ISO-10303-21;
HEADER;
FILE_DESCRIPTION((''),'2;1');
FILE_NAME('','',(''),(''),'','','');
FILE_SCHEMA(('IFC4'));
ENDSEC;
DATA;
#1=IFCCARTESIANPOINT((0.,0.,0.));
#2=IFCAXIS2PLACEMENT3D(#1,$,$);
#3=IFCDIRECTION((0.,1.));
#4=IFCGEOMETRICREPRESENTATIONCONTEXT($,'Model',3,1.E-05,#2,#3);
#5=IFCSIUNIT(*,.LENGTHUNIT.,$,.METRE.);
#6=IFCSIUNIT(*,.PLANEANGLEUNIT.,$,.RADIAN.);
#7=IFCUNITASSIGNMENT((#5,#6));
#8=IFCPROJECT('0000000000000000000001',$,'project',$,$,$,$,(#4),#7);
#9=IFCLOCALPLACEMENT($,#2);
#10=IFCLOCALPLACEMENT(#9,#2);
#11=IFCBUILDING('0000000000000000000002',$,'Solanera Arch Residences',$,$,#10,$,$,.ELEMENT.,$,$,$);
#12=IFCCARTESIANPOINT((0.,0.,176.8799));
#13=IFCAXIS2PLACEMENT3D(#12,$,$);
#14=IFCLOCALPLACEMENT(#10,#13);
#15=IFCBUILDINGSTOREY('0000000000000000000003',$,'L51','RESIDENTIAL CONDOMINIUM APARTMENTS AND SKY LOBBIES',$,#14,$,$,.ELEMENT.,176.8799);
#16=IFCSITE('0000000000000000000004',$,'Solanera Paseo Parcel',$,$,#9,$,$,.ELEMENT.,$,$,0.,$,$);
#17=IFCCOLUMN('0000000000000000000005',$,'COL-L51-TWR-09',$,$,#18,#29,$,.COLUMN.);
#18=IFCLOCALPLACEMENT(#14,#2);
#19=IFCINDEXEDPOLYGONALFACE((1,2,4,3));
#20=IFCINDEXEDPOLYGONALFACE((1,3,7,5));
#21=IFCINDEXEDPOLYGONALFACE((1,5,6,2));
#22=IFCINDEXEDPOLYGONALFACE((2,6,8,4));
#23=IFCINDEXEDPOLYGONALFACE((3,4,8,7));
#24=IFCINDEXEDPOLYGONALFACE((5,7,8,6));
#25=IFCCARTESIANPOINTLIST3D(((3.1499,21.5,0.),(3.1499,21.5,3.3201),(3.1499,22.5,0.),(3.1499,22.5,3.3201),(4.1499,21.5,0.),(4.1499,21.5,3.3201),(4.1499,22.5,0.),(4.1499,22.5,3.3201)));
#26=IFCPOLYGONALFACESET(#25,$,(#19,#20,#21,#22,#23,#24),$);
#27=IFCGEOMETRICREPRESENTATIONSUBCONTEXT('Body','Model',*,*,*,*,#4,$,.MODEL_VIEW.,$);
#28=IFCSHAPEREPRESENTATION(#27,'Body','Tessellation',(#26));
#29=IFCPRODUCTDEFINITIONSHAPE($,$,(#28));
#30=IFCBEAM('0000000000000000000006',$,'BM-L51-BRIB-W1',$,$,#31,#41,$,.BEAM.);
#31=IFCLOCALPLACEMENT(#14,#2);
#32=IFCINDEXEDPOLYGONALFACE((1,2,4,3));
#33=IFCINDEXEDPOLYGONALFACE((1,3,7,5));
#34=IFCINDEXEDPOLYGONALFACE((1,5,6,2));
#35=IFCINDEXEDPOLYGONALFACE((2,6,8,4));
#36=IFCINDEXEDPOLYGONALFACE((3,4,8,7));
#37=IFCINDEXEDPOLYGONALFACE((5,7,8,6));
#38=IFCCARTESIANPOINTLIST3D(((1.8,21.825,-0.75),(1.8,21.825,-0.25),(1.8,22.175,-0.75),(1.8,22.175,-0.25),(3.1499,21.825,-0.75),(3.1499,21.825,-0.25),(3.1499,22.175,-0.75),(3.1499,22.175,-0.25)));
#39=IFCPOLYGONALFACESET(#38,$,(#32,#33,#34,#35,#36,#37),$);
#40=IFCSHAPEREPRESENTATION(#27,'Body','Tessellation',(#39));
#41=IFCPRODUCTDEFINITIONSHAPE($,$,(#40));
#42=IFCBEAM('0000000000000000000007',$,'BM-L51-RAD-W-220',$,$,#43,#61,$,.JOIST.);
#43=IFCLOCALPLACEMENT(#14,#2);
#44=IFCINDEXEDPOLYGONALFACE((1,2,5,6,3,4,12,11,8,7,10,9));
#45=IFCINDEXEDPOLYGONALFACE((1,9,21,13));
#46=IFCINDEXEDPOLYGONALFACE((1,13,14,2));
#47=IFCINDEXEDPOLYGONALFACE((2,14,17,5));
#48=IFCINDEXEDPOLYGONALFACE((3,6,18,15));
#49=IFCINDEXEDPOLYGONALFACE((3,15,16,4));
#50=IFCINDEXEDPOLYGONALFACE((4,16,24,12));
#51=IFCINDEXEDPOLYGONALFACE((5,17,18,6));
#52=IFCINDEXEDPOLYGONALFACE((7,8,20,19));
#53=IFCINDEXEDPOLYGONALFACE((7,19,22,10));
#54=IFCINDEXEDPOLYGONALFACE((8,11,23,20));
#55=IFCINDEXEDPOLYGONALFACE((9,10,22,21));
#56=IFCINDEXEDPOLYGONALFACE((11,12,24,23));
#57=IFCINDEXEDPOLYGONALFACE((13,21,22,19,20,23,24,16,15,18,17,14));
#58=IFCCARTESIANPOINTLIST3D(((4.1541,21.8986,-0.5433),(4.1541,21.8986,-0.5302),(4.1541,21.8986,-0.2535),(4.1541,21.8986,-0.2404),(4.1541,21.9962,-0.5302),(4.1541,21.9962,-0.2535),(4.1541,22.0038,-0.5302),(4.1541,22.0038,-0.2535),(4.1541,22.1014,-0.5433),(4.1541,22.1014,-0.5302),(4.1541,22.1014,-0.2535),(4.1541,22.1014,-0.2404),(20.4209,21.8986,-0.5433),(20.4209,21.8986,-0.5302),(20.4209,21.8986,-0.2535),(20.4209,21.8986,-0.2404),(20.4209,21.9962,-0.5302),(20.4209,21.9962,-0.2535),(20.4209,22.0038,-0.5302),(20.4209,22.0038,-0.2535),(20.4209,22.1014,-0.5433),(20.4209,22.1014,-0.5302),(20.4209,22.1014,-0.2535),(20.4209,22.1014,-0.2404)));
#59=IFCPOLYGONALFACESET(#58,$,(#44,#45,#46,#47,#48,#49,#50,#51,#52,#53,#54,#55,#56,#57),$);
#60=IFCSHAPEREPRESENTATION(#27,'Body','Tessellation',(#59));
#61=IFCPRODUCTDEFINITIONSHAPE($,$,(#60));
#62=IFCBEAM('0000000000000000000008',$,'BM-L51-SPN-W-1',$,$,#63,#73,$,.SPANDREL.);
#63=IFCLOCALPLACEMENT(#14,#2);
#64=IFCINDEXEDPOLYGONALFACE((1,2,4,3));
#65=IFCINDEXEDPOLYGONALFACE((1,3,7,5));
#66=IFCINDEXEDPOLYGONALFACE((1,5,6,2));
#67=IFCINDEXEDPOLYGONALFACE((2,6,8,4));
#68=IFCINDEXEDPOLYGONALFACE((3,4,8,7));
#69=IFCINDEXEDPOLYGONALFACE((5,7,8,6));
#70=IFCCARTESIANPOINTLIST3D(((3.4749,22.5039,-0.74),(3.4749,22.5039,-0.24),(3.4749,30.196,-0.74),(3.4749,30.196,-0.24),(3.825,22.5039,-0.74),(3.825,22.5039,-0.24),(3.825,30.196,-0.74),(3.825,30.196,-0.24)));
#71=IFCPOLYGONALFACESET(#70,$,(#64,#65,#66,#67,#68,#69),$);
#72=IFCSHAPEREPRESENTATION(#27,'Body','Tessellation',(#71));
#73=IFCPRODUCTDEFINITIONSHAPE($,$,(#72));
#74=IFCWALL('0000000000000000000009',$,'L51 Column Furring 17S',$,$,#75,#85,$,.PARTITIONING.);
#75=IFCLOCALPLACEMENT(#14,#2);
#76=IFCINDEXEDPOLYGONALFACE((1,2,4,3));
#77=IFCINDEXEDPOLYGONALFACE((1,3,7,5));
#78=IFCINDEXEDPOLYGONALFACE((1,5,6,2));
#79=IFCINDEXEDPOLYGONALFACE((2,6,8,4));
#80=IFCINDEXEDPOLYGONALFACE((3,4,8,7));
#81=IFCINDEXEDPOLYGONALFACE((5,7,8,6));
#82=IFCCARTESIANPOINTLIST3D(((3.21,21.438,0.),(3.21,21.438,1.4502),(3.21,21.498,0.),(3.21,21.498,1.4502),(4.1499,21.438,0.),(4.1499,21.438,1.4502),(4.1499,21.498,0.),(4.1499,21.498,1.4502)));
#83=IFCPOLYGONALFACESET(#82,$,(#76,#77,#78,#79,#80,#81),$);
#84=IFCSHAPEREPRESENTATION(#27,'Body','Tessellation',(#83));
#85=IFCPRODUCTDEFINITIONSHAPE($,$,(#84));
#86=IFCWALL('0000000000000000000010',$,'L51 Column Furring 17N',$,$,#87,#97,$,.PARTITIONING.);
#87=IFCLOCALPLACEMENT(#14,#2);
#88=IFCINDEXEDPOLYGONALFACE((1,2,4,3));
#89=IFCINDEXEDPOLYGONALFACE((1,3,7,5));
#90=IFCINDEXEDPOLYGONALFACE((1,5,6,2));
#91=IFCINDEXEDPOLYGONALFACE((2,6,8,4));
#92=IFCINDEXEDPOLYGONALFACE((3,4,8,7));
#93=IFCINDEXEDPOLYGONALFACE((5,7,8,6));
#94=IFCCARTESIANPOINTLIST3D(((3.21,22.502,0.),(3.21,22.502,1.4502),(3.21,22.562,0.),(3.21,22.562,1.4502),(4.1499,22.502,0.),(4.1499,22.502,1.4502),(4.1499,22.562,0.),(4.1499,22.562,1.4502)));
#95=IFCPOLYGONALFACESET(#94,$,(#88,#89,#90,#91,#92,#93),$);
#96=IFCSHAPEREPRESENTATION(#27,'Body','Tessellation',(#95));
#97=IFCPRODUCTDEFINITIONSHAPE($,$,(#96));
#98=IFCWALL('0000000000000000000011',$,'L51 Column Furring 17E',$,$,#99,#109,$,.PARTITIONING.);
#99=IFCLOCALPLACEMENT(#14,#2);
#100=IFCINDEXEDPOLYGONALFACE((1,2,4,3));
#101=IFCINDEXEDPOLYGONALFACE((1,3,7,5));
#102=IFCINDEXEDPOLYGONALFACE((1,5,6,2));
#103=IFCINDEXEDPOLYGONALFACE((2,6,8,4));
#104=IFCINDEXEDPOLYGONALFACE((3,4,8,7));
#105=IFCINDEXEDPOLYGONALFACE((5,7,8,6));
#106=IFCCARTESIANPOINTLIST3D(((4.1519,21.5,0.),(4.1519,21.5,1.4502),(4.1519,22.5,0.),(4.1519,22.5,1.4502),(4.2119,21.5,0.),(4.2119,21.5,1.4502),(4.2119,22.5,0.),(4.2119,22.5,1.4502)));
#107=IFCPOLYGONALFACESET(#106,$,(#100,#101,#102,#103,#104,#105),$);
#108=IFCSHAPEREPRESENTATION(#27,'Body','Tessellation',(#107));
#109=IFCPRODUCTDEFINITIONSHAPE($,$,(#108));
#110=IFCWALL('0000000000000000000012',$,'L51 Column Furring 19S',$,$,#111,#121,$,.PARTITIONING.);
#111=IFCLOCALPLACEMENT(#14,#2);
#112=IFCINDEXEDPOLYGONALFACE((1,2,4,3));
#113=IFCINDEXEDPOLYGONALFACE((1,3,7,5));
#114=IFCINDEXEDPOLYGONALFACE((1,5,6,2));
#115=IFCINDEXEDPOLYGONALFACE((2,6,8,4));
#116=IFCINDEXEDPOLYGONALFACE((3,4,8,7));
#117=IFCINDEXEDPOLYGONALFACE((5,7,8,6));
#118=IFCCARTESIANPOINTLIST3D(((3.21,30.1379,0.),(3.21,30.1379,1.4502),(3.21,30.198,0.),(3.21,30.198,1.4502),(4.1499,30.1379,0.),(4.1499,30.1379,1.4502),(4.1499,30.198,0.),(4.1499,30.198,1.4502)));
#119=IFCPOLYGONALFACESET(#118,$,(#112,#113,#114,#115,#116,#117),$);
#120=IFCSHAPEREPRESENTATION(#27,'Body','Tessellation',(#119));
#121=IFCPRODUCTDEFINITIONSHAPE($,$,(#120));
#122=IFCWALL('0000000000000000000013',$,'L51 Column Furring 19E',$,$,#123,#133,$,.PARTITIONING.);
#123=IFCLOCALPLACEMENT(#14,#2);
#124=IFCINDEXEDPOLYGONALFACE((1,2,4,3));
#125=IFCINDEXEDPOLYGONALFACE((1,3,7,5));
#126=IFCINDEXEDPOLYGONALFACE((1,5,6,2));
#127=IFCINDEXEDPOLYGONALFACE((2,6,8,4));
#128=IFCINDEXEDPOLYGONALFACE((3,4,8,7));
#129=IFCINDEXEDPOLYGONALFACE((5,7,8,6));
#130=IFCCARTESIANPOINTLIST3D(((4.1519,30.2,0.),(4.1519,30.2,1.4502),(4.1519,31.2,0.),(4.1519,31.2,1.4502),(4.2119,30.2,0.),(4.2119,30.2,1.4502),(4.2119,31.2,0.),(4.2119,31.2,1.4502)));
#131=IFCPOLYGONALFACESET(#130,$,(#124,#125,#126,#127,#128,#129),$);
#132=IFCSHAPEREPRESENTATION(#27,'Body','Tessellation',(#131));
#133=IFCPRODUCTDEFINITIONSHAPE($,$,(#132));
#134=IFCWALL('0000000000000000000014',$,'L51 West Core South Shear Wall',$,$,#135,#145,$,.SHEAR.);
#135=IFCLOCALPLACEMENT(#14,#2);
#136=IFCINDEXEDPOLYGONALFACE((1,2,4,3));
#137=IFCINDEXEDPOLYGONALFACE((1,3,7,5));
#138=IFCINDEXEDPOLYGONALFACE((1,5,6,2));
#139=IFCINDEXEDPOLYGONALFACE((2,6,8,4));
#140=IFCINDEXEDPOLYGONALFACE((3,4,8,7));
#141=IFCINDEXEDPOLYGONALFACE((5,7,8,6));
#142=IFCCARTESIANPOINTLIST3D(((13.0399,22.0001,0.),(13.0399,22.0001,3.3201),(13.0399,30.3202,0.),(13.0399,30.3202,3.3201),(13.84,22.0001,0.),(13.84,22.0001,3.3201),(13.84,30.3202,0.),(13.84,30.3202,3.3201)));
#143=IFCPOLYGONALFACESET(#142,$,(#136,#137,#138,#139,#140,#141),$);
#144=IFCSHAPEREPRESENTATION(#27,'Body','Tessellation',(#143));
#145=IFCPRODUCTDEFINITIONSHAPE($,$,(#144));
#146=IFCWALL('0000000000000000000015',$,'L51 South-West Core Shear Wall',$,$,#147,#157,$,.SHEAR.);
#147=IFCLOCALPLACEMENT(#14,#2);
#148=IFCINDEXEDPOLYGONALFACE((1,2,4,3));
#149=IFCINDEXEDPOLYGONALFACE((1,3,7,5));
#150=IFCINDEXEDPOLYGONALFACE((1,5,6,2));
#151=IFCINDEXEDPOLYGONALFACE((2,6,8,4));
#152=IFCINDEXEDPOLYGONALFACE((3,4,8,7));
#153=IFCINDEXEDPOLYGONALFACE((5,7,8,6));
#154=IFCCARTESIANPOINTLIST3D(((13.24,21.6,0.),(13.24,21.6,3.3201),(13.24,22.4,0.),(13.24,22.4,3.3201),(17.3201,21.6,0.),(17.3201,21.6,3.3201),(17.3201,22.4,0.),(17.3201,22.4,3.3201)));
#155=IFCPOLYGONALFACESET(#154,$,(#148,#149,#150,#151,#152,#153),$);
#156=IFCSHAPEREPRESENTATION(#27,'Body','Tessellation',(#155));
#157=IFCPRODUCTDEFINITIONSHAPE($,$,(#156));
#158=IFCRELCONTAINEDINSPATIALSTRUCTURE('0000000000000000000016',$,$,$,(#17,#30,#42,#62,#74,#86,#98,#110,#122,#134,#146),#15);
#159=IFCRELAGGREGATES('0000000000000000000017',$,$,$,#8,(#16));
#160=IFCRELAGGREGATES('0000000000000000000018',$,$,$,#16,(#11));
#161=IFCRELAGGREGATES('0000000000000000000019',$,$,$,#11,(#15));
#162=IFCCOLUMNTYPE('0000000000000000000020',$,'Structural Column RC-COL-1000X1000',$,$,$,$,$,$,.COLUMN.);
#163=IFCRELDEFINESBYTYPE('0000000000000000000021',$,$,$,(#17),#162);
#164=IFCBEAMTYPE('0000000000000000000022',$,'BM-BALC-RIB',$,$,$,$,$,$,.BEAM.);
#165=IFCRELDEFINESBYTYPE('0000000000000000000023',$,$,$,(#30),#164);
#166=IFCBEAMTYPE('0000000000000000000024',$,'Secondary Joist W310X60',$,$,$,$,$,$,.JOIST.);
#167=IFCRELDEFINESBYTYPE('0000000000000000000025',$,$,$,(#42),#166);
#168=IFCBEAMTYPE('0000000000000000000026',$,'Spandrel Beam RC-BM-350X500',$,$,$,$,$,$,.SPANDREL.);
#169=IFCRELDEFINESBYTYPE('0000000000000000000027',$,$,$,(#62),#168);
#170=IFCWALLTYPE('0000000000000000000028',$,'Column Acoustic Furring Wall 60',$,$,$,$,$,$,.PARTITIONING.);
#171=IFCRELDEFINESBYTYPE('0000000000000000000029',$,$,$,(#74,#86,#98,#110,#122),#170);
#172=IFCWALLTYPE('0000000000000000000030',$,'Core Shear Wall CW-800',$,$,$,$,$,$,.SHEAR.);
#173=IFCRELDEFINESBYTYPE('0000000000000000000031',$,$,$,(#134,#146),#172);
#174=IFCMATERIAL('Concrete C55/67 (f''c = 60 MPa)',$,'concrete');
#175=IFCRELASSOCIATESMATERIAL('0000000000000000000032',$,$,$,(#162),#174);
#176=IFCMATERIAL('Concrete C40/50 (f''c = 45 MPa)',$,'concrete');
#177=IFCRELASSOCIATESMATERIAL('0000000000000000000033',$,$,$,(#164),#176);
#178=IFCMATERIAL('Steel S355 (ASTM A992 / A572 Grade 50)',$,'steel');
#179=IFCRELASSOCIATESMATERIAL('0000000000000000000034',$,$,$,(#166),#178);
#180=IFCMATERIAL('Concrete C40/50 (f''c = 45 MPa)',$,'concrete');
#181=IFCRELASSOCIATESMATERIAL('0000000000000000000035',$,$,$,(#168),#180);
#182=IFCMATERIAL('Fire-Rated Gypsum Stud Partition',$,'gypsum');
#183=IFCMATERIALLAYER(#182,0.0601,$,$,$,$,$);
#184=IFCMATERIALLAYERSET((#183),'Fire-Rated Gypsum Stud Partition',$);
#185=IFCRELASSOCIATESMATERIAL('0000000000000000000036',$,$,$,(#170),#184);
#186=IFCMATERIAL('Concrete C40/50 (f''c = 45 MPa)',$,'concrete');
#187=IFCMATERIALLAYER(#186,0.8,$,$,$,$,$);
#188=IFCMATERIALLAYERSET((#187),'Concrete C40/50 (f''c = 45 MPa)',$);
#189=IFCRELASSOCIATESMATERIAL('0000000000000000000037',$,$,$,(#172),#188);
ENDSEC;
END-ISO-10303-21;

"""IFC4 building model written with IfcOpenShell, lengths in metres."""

from ifc_helpers import new_model, si_unit, direction, frame, frame_2d, origin, origin_2d, place, context, subcontext, project, spatial, rectangle, i_section, extrude, material, layer, layer_set, material_profile, profile_set, type_object, element, save


model = new_model("IFC4")

# Units and contexts
model_context = context("Model", 3, precision=1e-05, world=origin(), true_north=direction((0.0, 1.0)))
body_context = subcontext(model_context, "Body", "Model", "MODEL_VIEW")
ifc_project = project(units=[si_unit("LENGTHUNIT", "METRE"), si_unit("PLANEANGLEUNIT", "RADIAN")], contexts=[model_context])

# Site, building, storey
site_placement = place(None, origin())
site = spatial("IfcSite", under=ifc_project, at=site_placement, Name="Solanera Paseo Parcel", CompositionType="ELEMENT", RefElevation=0.0)
building_placement = place(site_placement, origin())
building = spatial("IfcBuilding", under=site, at=building_placement, Name="Solanera Arch Residences", CompositionType="ELEMENT")
storey_placement = place(building_placement, frame((0.0, 0.0, 176.8799)))
storey = spatial("IfcBuildingStorey", under=building, at=storey_placement, Name="L51", Description="RESIDENTIAL CONDOMINIUM APARTMENTS AND SKY LOBBIES", CompositionType="ELEMENT", Elevation=176.8799)

# Column
ifc_material_1 = material(Name="Concrete C55/67 (f'c = 60 MPa)", Category="concrete")
ifc_material_profile_1 = material_profile(ifc_material_1, rectangle(XDim=1.0, YDim=1.0, at=origin_2d()))
ifc_profile_set_1 = profile_set([ifc_material_profile_1], Name="Concrete C55/67 (f'c = 60 MPa)")
column_type = type_object("IfcColumnType", Name="Structural Column RC-COL-1000X1000", PredefinedType="COLUMN", material=ifc_profile_set_1)
column_placement = place(storey_placement, frame((3.6499, 22.0, 0.0), z_axis=(0.0, 0.0, 1.0), x_axis=(1.0, 0.0, 0.0)))
element("IfcColumn", 1, at=column_placement, inside=storey, type_object=column_type, Name="COL-L51-TWR-09", PredefinedType="COLUMN", context=body_context, shape_type="SweptSolid", body=[
    extrude(rectangle(XDim=1.0, YDim=1.0, at=origin_2d()), origin(), (0.0, 0.0, 1.0), 3.3201),
])

# Beams
ifc_material_2 = material(Name="Concrete C40/50 (f'c = 45 MPa)", Category="concrete")
ifc_material_profile_2 = material_profile(ifc_material_2, rectangle(XDim=0.3501, YDim=0.5, at=origin_2d()))
ifc_profile_set_2 = profile_set([ifc_material_profile_2], Name="Concrete C40/50 (f'c = 45 MPa)")
beam_type_1 = type_object("IfcBeamType", Name="BM-BALC-RIB", PredefinedType="BEAM", material=ifc_profile_set_2)
beam_1_placement = place(storey_placement, frame((1.8, 22.0, -0.5), z_axis=(1.0, 0.0, 0.0), x_axis=(0.0, 1.0, 0.0)))
element("IfcBeam", 2, at=beam_1_placement, inside=storey, type_object=beam_type_1, Name="BM-L51-BRIB-W1", PredefinedType="BEAM", context=body_context, shape_type="SweptSolid", body=[
    extrude(rectangle(XDim=0.3501, YDim=0.5, at=origin_2d()), origin(), (0.0, 0.0, 1.0), 1.3499),
])
ifc_material_3 = material(Name="Steel S355 (ASTM A992 / A572 Grade 50)", Category="steel")
ifc_material_profile_3 = material_profile(ifc_material_3, i_section(OverallWidth=0.2029, OverallDepth=0.303, WebThickness=0.0076, FlangeThickness=0.0132, at=origin_2d()))
ifc_profile_set_3 = profile_set([ifc_material_profile_3], Name="Steel S355 (ASTM A992 / A572 Grade 50)")
beam_type_2 = type_object("IfcBeamType", Name="Secondary Joist W310X60", PredefinedType="JOIST", material=ifc_profile_set_3)
beam_2_placement = place(storey_placement, frame((4.1541, 22.0, -0.3918), z_axis=(1.0, 0.0, 0.0), x_axis=(0.0, 1.0, 0.0)))
element("IfcBeam", 3, at=beam_2_placement, inside=storey, type_object=beam_type_2, Name="BM-L51-RAD-W-220", PredefinedType="JOIST", context=body_context, shape_type="SweptSolid", body=[
    extrude(i_section(OverallWidth=0.2029, OverallDepth=0.303, WebThickness=0.0076, FlangeThickness=0.0132, at=origin_2d()), origin(), (0.0, 0.0, 1.0), 16.2668),
])
ifc_material_4 = material(Name="Concrete C40/50 (f'c = 45 MPa)", Category="concrete")
ifc_material_profile_4 = material_profile(ifc_material_4, rectangle(XDim=0.3501, YDim=0.5, at=origin_2d()))
ifc_profile_set_4 = profile_set([ifc_material_profile_4], Name="Concrete C40/50 (f'c = 45 MPa)")
beam_type_3 = type_object("IfcBeamType", Name="Spandrel Beam RC-BM-350X500", PredefinedType="SPANDREL", material=ifc_profile_set_4)
beam_3_placement = place(storey_placement, frame((3.6499, 22.5039, -0.49), z_axis=(0.0, 1.0, 0.0), x_axis=(-1.0, 0.0, 0.0)))
element("IfcBeam", 4, at=beam_3_placement, inside=storey, type_object=beam_type_3, Name="BM-L51-SPN-W-1", PredefinedType="SPANDREL", context=body_context, shape_type="SweptSolid", body=[
    extrude(rectangle(XDim=0.3501, YDim=0.5, at=origin_2d()), origin(), (0.0, 0.0, 1.0), 7.6921),
])

# Walls
ifc_material_5 = material(Name="Fire-Rated Gypsum Stud Partition", Category="gypsum")
ifc_layer_1 = layer(ifc_material_5, 0.0601)
ifc_layer_set_1 = layer_set([ifc_layer_1], Name="Fire-Rated Gypsum Stud Partition")
wall_type_1 = type_object("IfcWallType", Name="Column Acoustic Furring Wall 60", PredefinedType="PARTITIONING", material=ifc_layer_set_1)
for number, where, z_axis, x_axis, name in (
    (5, (3.21, 21.468, 0.0), (0.0, 0.0, 1.0), (1.0, 0.0, 0.0), "L51 Column Furring 17S"),
    (6, (3.21, 22.532, 0.0), (0.0, 0.0, 1.0), (1.0, 0.0, 0.0), "L51 Column Furring 17N"),
):
    element("IfcWall", number, at=place(storey_placement, frame(where, z_axis=z_axis, x_axis=x_axis)), inside=storey, type_object=wall_type_1, Name=name, PredefinedType="PARTITIONING", context=body_context, shape_type="SweptSolid", body=[
        extrude(rectangle(XDim=0.9399, YDim=0.0601, at=frame_2d((0.47, 0.0))), origin(), (0.0, 0.0, 1.0), 1.4502),
    ])
wall_1_placement = place(storey_placement, frame((4.1819, 21.5, 0.0), z_axis=(0.0, 0.0, 1.0), x_axis=(0.0, 1.0, 0.0)))
element("IfcWall", 7, at=wall_1_placement, inside=storey, type_object=wall_type_1, Name="L51 Column Furring 17E", PredefinedType="PARTITIONING", context=body_context, shape_type="SweptSolid", body=[
    extrude(rectangle(XDim=1.0, YDim=0.0601, at=frame_2d((0.5, 0.0))), origin(), (0.0, 0.0, 1.0), 1.4502),
])
wall_2_placement = place(storey_placement, frame((3.21, 30.168, 0.0), z_axis=(0.0, 0.0, 1.0), x_axis=(1.0, 0.0, 0.0)))
element("IfcWall", 8, at=wall_2_placement, inside=storey, type_object=wall_type_1, Name="L51 Column Furring 19S", PredefinedType="PARTITIONING", context=body_context, shape_type="SweptSolid", body=[
    extrude(rectangle(XDim=0.9399, YDim=0.0601, at=frame_2d((0.47, 0.0))), origin(), (0.0, 0.0, 1.0), 1.4502),
])
wall_3_placement = place(storey_placement, frame((4.1819, 30.2, 0.0), z_axis=(0.0, 0.0, 1.0), x_axis=(0.0, 1.0, 0.0)))
element("IfcWall", 9, at=wall_3_placement, inside=storey, type_object=wall_type_1, Name="L51 Column Furring 19E", PredefinedType="PARTITIONING", context=body_context, shape_type="SweptSolid", body=[
    extrude(rectangle(XDim=1.0, YDim=0.0601, at=frame_2d((0.5, 0.0))), origin(), (0.0, 0.0, 1.0), 1.4502),
])
ifc_material_6 = material(Name="Concrete C40/50 (f'c = 45 MPa)", Category="concrete")
ifc_layer_2 = layer(ifc_material_6, 0.8)
ifc_layer_set_2 = layer_set([ifc_layer_2], Name="Concrete C40/50 (f'c = 45 MPa)")
wall_type_2 = type_object("IfcWallType", Name="Core Shear Wall CW-800", PredefinedType="SHEAR", material=ifc_layer_set_2)
wall_4_placement = place(storey_placement, frame((13.4399, 22.0, 0.0), z_axis=(0.0, 0.0, 1.0), x_axis=(0.0, 1.0, 0.0)))
element("IfcWall", 10, at=wall_4_placement, inside=storey, type_object=wall_type_2, Name="L51 West Core South Shear Wall", PredefinedType="SHEAR", context=body_context, shape_type="SweptSolid", body=[
    extrude(rectangle(XDim=8.3201, YDim=0.8, at=frame_2d((4.1602, 0.0))), origin(), (0.0, 0.0, 1.0), 3.3201),
])
wall_5_placement = place(storey_placement, frame((13.24, 22.0, 0.0), z_axis=(0.0, 0.0, 1.0), x_axis=(1.0, 0.0, 0.0)))
element("IfcWall", 11, at=wall_5_placement, inside=storey, type_object=wall_type_2, Name="L51 South-West Core Shear Wall", PredefinedType="SHEAR", context=body_context, shape_type="SweptSolid", body=[
    extrude(rectangle(XDim=4.0801, YDim=0.8, at=frame_2d((2.04, 0.0))), origin(), (0.0, 0.0, 1.0), 3.3201),
])

save(model, "model.ifc")
